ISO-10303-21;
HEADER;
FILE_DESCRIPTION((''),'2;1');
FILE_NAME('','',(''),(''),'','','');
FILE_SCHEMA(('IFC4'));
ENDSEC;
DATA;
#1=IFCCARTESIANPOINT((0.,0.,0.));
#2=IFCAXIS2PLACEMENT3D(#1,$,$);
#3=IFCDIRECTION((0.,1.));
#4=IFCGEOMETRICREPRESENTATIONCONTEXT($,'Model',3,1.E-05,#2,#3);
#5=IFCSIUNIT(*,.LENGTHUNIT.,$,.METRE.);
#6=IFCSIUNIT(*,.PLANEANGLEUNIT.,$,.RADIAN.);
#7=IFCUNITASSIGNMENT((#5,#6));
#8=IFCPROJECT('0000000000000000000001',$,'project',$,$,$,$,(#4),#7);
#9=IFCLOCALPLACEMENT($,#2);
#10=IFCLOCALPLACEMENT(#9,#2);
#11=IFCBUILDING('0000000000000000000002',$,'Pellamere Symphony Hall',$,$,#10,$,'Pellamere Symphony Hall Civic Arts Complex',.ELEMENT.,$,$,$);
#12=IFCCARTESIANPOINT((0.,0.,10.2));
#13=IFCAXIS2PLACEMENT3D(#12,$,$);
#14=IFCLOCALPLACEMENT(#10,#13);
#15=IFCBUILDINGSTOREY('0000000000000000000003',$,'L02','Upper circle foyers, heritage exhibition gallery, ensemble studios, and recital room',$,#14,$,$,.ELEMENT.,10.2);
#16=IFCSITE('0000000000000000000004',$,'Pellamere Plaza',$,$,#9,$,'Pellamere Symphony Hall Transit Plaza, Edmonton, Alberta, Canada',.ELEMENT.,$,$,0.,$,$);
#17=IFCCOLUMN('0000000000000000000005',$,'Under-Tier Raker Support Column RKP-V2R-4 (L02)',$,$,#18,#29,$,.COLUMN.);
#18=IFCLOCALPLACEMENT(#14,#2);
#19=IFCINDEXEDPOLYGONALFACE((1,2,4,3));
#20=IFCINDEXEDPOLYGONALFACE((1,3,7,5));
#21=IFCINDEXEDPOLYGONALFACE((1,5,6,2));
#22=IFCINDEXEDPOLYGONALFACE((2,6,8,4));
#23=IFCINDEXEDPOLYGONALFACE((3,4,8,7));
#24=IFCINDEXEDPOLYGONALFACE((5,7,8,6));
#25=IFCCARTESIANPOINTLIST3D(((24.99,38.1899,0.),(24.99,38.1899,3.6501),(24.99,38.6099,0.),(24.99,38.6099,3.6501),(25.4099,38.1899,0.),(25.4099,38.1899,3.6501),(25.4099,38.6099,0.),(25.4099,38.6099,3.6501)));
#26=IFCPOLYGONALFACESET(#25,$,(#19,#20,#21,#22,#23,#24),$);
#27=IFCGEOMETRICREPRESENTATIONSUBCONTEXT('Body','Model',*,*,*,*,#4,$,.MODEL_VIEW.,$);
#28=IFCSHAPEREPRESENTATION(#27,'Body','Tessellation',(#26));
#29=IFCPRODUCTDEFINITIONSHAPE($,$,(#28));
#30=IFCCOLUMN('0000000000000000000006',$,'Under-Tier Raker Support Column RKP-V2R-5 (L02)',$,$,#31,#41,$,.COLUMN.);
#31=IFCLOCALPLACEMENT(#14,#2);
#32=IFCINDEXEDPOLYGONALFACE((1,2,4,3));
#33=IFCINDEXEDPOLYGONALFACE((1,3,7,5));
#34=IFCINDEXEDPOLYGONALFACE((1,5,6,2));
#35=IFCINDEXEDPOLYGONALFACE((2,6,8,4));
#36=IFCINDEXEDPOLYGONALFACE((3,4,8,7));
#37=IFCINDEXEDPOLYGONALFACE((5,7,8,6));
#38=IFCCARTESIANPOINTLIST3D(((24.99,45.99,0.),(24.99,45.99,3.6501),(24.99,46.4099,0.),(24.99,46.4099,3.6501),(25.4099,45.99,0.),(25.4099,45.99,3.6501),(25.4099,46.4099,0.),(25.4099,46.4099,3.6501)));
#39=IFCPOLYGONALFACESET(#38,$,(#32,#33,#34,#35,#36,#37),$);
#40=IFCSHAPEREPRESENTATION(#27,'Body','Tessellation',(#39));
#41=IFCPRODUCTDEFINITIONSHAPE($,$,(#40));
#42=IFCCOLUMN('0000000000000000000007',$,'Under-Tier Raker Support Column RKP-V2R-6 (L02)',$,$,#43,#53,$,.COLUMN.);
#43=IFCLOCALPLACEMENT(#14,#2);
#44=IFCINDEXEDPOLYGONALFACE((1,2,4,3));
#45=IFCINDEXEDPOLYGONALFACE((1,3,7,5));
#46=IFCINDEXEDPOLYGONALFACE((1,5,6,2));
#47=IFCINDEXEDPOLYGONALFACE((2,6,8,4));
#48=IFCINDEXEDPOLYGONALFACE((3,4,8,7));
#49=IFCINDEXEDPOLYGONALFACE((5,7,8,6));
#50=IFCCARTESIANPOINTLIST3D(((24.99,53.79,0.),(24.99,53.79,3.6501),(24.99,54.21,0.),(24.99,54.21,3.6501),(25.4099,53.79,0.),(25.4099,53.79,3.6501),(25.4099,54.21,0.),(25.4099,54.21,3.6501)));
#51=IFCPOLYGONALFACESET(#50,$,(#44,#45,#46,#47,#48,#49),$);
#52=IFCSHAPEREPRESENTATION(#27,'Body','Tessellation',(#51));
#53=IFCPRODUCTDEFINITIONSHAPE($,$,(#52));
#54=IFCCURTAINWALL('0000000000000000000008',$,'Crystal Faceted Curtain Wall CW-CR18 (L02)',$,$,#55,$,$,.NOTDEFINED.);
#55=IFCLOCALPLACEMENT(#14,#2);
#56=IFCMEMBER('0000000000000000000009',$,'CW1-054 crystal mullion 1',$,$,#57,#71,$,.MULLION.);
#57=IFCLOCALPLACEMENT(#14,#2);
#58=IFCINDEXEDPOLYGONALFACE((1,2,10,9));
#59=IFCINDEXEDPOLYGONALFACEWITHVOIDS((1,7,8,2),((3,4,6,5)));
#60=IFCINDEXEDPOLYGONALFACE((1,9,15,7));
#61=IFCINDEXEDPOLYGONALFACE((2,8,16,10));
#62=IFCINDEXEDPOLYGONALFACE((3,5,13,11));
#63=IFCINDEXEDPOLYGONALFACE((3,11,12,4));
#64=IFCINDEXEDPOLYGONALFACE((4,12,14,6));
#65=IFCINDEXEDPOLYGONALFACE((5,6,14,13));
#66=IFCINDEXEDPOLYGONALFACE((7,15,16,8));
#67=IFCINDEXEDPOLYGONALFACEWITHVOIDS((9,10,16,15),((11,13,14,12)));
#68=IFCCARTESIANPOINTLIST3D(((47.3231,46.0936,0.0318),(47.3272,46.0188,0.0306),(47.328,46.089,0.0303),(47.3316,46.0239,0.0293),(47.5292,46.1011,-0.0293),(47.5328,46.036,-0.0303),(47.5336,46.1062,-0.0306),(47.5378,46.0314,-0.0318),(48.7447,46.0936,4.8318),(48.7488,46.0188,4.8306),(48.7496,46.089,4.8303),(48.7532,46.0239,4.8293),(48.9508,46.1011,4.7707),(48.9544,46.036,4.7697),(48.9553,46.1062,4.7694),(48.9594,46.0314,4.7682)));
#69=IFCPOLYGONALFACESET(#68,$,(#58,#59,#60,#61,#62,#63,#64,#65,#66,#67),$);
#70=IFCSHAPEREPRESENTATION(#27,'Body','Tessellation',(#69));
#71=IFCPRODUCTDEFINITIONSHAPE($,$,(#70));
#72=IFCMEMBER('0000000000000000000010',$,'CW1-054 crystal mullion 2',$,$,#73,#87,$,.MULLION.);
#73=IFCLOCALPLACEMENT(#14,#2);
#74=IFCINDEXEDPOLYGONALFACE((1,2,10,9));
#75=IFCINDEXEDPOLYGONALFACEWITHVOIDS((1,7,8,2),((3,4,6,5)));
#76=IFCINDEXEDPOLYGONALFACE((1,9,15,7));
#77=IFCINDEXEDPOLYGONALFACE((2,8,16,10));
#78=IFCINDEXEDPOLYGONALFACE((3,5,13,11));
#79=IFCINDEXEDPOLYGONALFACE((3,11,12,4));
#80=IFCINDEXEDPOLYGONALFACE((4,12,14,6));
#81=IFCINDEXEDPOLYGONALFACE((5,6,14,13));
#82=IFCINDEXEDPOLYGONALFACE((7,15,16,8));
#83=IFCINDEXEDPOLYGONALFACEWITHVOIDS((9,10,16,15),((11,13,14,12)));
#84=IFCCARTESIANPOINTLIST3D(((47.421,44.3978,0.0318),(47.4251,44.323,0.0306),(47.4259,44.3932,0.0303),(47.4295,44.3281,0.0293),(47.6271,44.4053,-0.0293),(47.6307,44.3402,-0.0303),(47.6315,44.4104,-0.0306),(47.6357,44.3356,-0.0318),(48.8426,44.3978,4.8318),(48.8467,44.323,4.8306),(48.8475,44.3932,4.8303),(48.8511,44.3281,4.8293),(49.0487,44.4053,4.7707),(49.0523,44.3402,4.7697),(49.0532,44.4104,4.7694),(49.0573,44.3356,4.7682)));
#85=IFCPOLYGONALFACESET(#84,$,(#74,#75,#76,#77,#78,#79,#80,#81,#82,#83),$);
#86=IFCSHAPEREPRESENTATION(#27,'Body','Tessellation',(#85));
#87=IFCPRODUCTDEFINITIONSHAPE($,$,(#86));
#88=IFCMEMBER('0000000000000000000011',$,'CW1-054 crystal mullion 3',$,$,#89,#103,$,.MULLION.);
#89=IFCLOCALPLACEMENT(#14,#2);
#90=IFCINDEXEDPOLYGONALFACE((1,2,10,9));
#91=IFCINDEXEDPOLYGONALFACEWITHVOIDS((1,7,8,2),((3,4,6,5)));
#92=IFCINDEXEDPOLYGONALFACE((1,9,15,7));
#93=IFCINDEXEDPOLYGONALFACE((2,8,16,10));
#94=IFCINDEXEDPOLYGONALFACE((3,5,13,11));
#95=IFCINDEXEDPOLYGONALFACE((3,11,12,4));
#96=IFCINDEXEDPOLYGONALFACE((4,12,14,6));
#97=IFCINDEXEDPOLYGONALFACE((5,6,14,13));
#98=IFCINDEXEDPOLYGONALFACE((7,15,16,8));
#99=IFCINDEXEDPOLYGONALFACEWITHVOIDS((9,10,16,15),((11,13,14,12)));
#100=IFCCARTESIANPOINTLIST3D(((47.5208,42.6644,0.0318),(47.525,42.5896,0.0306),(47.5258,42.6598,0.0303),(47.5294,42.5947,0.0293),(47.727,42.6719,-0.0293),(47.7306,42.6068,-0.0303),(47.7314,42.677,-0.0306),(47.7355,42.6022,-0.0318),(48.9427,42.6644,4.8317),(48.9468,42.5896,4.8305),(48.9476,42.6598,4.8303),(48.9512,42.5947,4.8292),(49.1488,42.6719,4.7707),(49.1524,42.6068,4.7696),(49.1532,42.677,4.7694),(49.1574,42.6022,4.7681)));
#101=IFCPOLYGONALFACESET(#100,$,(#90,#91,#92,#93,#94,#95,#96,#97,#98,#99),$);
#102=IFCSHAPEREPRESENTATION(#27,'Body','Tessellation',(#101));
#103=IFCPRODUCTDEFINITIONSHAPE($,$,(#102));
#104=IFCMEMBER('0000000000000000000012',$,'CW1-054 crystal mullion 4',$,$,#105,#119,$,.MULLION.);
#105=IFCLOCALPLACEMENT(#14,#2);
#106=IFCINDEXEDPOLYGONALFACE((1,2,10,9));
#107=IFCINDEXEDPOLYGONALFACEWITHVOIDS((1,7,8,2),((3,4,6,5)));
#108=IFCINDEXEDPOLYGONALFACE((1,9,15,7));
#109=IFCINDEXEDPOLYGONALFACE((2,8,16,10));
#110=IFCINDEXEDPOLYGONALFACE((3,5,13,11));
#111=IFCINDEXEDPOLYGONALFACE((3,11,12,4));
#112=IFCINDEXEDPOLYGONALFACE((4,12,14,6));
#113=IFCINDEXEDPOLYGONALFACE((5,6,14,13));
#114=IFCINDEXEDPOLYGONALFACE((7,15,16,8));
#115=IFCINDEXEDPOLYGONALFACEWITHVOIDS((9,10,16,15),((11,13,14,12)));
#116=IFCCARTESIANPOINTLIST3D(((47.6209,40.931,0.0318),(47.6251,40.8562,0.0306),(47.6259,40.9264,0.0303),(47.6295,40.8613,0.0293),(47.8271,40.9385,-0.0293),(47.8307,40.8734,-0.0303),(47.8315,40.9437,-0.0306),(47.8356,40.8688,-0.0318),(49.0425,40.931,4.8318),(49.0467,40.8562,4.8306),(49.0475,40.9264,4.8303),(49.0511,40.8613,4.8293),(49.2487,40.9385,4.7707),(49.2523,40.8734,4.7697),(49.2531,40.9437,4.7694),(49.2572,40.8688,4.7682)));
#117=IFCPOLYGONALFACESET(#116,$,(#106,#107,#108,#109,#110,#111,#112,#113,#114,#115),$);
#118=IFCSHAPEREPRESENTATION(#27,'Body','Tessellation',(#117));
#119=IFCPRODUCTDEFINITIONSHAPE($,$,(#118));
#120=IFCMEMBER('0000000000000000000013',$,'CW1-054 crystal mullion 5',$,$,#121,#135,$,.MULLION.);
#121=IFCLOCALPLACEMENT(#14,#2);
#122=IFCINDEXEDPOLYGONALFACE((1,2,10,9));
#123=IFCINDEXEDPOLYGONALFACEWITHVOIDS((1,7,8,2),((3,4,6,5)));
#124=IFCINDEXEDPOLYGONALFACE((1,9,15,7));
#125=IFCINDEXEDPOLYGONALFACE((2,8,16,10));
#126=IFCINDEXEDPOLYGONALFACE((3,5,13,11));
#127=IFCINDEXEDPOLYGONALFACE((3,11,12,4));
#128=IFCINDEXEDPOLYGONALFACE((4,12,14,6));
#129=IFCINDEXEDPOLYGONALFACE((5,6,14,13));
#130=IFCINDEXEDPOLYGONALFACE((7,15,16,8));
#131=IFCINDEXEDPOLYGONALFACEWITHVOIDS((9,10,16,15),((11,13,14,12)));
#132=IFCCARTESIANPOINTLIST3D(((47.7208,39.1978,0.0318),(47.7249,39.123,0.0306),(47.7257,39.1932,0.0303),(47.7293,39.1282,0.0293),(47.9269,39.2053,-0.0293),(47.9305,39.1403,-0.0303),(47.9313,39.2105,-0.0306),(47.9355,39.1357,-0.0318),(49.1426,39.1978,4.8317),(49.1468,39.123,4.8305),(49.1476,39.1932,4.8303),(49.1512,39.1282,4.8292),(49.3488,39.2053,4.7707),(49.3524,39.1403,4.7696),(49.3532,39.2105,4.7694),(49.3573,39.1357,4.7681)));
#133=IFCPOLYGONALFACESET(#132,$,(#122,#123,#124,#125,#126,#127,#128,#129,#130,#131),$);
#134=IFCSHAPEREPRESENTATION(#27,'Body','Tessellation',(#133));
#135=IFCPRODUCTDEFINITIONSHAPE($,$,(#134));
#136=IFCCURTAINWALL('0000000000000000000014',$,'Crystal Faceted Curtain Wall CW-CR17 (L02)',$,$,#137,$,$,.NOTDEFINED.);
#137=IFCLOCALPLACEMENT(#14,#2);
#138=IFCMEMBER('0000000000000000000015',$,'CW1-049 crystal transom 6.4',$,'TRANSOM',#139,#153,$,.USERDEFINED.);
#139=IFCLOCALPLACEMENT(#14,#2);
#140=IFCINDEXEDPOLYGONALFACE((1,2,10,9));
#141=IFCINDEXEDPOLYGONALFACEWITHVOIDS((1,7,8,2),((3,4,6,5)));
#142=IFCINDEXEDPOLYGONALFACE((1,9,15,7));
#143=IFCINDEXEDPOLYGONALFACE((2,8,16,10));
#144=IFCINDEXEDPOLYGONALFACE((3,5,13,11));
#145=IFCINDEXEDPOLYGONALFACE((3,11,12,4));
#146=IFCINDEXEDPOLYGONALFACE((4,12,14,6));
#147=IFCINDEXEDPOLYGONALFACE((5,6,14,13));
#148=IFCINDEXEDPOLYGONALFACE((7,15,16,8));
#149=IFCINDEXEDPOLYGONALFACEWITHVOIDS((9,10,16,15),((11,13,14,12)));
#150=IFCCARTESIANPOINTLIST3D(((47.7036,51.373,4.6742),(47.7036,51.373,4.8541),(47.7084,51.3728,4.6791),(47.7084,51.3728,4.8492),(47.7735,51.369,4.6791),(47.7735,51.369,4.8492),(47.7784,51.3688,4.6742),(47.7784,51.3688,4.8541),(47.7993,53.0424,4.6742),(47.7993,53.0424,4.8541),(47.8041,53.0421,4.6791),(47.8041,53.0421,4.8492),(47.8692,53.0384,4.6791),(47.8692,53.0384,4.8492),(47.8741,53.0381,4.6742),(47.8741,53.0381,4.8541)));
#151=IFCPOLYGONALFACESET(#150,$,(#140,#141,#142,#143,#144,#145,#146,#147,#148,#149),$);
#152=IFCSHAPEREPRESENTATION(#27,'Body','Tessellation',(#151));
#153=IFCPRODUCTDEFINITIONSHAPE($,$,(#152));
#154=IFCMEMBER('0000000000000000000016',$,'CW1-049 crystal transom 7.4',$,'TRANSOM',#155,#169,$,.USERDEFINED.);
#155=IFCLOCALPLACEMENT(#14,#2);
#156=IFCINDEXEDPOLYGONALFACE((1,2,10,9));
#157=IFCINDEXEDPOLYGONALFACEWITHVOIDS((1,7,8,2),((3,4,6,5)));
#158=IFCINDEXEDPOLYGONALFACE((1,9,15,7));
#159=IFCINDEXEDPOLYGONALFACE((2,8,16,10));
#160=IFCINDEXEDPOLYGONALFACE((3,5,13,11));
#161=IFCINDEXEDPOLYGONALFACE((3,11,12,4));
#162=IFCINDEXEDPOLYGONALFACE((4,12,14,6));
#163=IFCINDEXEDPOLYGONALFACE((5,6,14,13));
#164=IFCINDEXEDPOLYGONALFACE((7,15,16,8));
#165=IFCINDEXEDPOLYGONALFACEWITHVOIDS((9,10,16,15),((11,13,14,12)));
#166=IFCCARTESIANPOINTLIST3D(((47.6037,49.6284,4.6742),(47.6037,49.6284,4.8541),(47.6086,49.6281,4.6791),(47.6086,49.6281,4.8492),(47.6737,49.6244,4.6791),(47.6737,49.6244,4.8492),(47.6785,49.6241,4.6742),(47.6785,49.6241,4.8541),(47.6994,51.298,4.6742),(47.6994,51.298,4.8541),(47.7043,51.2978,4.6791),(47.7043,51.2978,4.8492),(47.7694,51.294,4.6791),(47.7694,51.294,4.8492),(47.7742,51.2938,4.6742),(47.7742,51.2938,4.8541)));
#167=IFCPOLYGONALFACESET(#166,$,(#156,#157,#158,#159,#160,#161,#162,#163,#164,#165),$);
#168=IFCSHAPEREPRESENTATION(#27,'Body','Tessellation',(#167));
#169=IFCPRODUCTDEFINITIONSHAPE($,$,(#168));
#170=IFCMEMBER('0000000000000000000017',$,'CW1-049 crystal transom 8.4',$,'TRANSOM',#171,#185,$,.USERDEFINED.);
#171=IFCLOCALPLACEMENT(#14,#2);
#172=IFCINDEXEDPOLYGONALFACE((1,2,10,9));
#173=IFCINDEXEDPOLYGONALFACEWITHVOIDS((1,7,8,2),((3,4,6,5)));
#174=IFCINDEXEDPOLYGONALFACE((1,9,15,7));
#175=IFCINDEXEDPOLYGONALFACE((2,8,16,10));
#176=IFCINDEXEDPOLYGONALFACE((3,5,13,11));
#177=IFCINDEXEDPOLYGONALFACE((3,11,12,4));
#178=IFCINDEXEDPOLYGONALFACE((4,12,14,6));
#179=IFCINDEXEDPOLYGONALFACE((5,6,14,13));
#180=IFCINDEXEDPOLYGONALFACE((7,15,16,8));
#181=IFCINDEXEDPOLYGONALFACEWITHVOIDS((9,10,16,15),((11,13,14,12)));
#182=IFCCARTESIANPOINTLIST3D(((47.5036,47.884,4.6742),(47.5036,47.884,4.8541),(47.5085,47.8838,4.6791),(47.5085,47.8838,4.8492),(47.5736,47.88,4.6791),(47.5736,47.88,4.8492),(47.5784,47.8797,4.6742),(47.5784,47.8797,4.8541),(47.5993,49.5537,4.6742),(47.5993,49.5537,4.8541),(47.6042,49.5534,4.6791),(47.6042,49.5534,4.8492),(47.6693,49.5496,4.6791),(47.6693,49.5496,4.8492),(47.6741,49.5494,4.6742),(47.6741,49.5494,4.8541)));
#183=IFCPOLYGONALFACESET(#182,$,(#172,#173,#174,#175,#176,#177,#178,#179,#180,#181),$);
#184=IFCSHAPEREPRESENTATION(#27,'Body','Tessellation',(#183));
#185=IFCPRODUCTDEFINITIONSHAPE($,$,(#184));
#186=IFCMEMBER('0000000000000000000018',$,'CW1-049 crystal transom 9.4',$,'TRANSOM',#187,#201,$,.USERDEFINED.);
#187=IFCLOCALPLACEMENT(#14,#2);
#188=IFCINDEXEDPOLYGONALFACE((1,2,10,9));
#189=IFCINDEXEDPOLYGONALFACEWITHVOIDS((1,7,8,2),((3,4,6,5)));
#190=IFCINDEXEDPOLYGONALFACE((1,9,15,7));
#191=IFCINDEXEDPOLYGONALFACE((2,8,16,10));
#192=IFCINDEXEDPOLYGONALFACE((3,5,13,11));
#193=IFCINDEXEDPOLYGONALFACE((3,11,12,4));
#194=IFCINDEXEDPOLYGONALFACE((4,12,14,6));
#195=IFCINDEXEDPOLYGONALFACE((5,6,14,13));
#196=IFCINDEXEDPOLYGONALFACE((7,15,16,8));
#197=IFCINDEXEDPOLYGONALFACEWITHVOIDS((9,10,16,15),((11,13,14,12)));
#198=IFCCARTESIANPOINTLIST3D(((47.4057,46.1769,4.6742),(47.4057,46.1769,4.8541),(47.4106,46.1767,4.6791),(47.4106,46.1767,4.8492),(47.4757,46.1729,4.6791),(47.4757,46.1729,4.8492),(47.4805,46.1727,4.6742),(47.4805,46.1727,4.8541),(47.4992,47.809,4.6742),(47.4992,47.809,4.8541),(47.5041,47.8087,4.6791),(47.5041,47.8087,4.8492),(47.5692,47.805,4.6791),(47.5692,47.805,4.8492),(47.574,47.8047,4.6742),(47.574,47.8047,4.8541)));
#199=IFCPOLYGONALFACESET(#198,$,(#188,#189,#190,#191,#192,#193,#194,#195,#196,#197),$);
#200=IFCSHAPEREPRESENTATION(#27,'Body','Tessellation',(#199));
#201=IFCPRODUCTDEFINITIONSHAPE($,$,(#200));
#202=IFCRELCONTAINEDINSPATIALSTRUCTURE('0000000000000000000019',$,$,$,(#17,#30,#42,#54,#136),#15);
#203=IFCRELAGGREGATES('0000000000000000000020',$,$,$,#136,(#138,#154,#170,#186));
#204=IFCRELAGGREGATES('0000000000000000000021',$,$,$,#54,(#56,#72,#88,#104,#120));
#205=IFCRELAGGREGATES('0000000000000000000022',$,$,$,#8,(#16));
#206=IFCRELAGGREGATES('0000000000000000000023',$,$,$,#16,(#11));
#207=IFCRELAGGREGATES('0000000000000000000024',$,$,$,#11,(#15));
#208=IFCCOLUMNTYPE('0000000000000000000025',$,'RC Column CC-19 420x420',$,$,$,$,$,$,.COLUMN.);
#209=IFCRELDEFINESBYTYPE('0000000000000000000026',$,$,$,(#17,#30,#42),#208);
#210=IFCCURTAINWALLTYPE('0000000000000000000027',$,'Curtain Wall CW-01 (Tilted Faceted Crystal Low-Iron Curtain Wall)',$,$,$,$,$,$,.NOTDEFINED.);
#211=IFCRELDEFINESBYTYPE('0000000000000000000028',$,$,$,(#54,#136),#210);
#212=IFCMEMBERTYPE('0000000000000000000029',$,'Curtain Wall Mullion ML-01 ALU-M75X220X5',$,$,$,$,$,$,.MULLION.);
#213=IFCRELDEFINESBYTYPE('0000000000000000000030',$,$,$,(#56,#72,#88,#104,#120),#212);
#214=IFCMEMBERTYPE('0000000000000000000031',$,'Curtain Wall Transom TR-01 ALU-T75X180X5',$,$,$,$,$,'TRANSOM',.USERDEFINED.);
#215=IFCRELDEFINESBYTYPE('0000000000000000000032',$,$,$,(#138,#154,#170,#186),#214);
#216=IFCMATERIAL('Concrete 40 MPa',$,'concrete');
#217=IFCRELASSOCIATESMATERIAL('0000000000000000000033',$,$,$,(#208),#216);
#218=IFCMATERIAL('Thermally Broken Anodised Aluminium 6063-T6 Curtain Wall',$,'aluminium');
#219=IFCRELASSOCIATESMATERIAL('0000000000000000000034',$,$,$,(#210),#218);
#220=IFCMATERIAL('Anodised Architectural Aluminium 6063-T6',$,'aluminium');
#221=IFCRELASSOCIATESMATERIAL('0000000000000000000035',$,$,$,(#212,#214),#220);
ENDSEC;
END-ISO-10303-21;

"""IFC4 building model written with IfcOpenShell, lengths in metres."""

from ifc_helpers import new_model, si_unit, direction, frame, origin, origin_2d, place, context, subcontext, project, spatial, rectangle, hollow_rectangle, extrude, material, material_profile, profile_set, type_object, element, aggregate, save


model = new_model("IFC4")

# Units and contexts
model_context = context("Model", 3, precision=1e-05, world=origin(), true_north=direction((0.0, 1.0)))
body_context = subcontext(model_context, "Body", "Model", "MODEL_VIEW")
ifc_project = project(units=[si_unit("LENGTHUNIT", "METRE"), si_unit("PLANEANGLEUNIT", "RADIAN")], contexts=[model_context])

# Site, building, storey
site_placement = place(None, origin())
site = spatial("IfcSite", under=ifc_project, at=site_placement, Name="Pellamere Plaza", LongName="Pellamere Symphony Hall Transit Plaza, Edmonton, Alberta, Canada", CompositionType="ELEMENT", RefElevation=0.0)
building_placement = place(site_placement, origin())
building = spatial("IfcBuilding", under=site, at=building_placement, Name="Pellamere Symphony Hall", LongName="Pellamere Symphony Hall Civic Arts Complex", CompositionType="ELEMENT")
storey_placement = place(building_placement, frame((0.0, 0.0, 10.2)))
storey = spatial("IfcBuildingStorey", under=building, at=storey_placement, Name="L02", Description="Upper circle foyers, heritage exhibition gallery, ensemble studios, and recital room", CompositionType="ELEMENT", Elevation=10.2)

# Columns
ifc_material_1 = material(Name="Concrete 40 MPa", Category="concrete")
ifc_material_profile_1 = material_profile(ifc_material_1, rectangle(XDim=0.4199, YDim=0.4199, at=origin_2d()), Name="RC 420x420")
ifc_profile_set_1 = profile_set([ifc_material_profile_1], Name="Concrete 40 MPa")
column_type = type_object("IfcColumnType", Name="RC Column CC-19 420x420", PredefinedType="COLUMN", material=ifc_profile_set_1)
for number, where, z_axis, x_axis, name in (
    (1, (25.2, 38.3999, 0.0), (0.0, 0.0, 1.0), (1.0, 0.0, 0.0), "Under-Tier Raker Support Column RKP-V2R-4 (L02)"),
    (2, (25.2, 46.2, 0.0), (0.0, 0.0, 1.0), (1.0, 0.0, 0.0), "Under-Tier Raker Support Column RKP-V2R-5 (L02)"),
    (3, (25.2, 54.0, 0.0), (0.0, 0.0, 1.0), (1.0, 0.0, 0.0), "Under-Tier Raker Support Column RKP-V2R-6 (L02)"),
):
    element("IfcColumn", number, at=place(storey_placement, frame(where, z_axis=z_axis, x_axis=x_axis)), inside=storey, type_object=column_type, Name=name, PredefinedType="COLUMN", context=body_context, shape_type="SweptSolid", body=[
        extrude(rectangle(XDim=0.4199, YDim=0.4199, at=origin_2d()), origin(), (0.0, 0.0, 1.0), 3.6501),
    ])

# Curtain walls, members
ifc_material_2 = material(Name="Thermally Broken Anodised Aluminium 6063-T6 Curtain Wall", Category="aluminium")
curtain_wall_type = type_object("IfcCurtainWallType", Name="Curtain Wall CW-01 (Tilted Faceted Crystal Low-Iron Curtain Wall)", PredefinedType="NOTDEFINED", material=ifc_material_2)
curtain_wall_1_placement = place(storey_placement, origin())
curtain_wall_1 = element("IfcCurtainWall", 4, at=curtain_wall_1_placement, inside=storey, type_object=curtain_wall_type, Name="Crystal Faceted Curtain Wall CW-CR18 (L02)", PredefinedType="NOTDEFINED")
ifc_material_3 = material(Name="Anodised Architectural Aluminium 6063-T6", Category="aluminium")
ifc_material_profile_2 = material_profile(ifc_material_3, hollow_rectangle(XDim=0.075, YDim=0.22, WallThickness=0.0049, at=origin_2d()), Name="ALU-M75X220X5")
ifc_profile_set_2 = profile_set([ifc_material_profile_2], Name="Anodised Architectural Aluminium 6063-T6")
member_type_1 = type_object("IfcMemberType", Name="Curtain Wall Mullion ML-01 ALU-M75X220X5", PredefinedType="MULLION", material=ifc_profile_set_2)
member_1_placement = place(storey_placement, frame((47.4304, 46.0625, 0.0), z_axis=(0.283977, 0.0, 0.958831), x_axis=(-0.055225, 0.99834, 0.016356)))
member_1 = element("IfcMember", 5, at=member_1_placement, type_object=member_type_1, Name="CW1-054 crystal mullion 1", PredefinedType="MULLION", context=body_context, shape_type="SweptSolid", body=[
    extrude(hollow_rectangle(XDim=0.075, YDim=0.22, WallThickness=0.0049, at=origin_2d()), origin(), (0.0, 0.0, 1.0), 5.0061),
])
member_2_placement = place(storey_placement, frame((47.5283, 44.3667, 0.0), z_axis=(0.283977, 0.0, 0.958831), x_axis=(-0.055225, 0.99834, 0.016356)))
member_2 = element("IfcMember", 6, at=member_2_placement, type_object=member_type_1, Name="CW1-054 crystal mullion 2", PredefinedType="MULLION", context=body_context, shape_type="SweptSolid", body=[
    extrude(hollow_rectangle(XDim=0.075, YDim=0.22, WallThickness=0.0049, at=origin_2d()), origin(), (0.0, 0.0, 1.0), 5.0061),
])
member_3_placement = place(storey_placement, frame((47.6282, 42.6333, 0.0), z_axis=(0.284022, 0.0, 0.958818), x_axis=(-0.055225, 0.99834, 0.016359)))
member_3 = element("IfcMember", 7, at=member_3_placement, type_object=member_type_1, Name="CW1-054 crystal mullion 3", PredefinedType="MULLION", context=body_context, shape_type="SweptSolid", body=[
    extrude(hollow_rectangle(XDim=0.075, YDim=0.22, WallThickness=0.0049, at=origin_2d()), origin(), (0.0, 0.0, 1.0), 5.0061),
])
member_4_placement = place(storey_placement, frame((47.7283, 40.8999, 0.0), z_axis=(0.283977, 0.0, 0.958831), x_axis=(-0.055225, 0.99834, 0.016356)))
member_4 = element("IfcMember", 8, at=member_4_placement, type_object=member_type_1, Name="CW1-054 crystal mullion 4", PredefinedType="MULLION", context=body_context, shape_type="SweptSolid", body=[
    extrude(hollow_rectangle(XDim=0.075, YDim=0.22, WallThickness=0.0049, at=origin_2d()), origin(), (0.0, 0.0, 1.0), 5.0061),
])
member_5_placement = place(storey_placement, frame((47.8281, 39.1667, 0.0), z_axis=(0.284022, 0.0, 0.958818), x_axis=(-0.055225, 0.99834, 0.016359)))
member_5 = element("IfcMember", 9, at=member_5_placement, type_object=member_type_1, Name="CW1-054 crystal mullion 5", PredefinedType="MULLION", context=body_context, shape_type="SweptSolid", body=[
    extrude(hollow_rectangle(XDim=0.075, YDim=0.22, WallThickness=0.0049, at=origin_2d()), origin(), (0.0, 0.0, 1.0), 5.0061),
])
curtain_wall_2_placement = place(storey_placement, origin())
curtain_wall_2 = element("IfcCurtainWall", 10, at=curtain_wall_2_placement, inside=storey, type_object=curtain_wall_type, Name="Crystal Faceted Curtain Wall CW-CR17 (L02)", PredefinedType="NOTDEFINED")
ifc_material_profile_3 = material_profile(ifc_material_3, hollow_rectangle(XDim=0.075, YDim=0.1799, WallThickness=0.0049, at=origin_2d()), Name="ALU-T75X180X5")
ifc_profile_set_3 = profile_set([ifc_material_profile_3], Name="Anodised Architectural Aluminium 6063-T6")
member_type_2 = type_object("IfcMemberType", Name="Curtain Wall Transom TR-01 ALU-T75X180X5", ElementType="TRANSOM", PredefinedType="USERDEFINED", material=ifc_profile_set_3)
member_6_placement = place(storey_placement, frame((47.8367, 53.0403, 4.7642), z_axis=(-0.057233, -0.998361, 0.0), x_axis=(0.998361, -0.057233, 0.0)))
member_6 = element("IfcMember", 11, at=member_6_placement, type_object=member_type_2, Name="CW1-049 crystal transom 6.4", ObjectType="TRANSOM", PredefinedType="USERDEFINED", context=body_context, shape_type="SweptSolid", body=[
    extrude(hollow_rectangle(XDim=0.075, YDim=0.1799, WallThickness=0.0049, at=origin_2d()), origin(), (0.0, 0.0, 1.0), 1.6721),
])
member_7_placement = place(storey_placement, frame((47.7368, 51.2959, 4.7642), z_axis=(-0.057224, -0.998361, 0.0), x_axis=(0.998361, -0.057224, 0.0)))
member_7 = element("IfcMember", 12, at=member_7_placement, type_object=member_type_2, Name="CW1-049 crystal transom 7.4", ObjectType="TRANSOM", PredefinedType="USERDEFINED", context=body_context, shape_type="SweptSolid", body=[
    extrude(hollow_rectangle(XDim=0.075, YDim=0.1799, WallThickness=0.0049, at=origin_2d()), origin(), (0.0, 0.0, 1.0), 1.6724),
])
member_8_placement = place(storey_placement, frame((47.6367, 49.5515, 4.7642), z_axis=(-0.057224, -0.998361, 0.0), x_axis=(0.998361, -0.057224, 0.0)))
member_8 = element("IfcMember", 13, at=member_8_placement, type_object=member_type_2, Name="CW1-049 crystal transom 8.4", ObjectType="TRANSOM", PredefinedType="USERDEFINED", context=body_context, shape_type="SweptSolid", body=[
    extrude(hollow_rectangle(XDim=0.075, YDim=0.1799, WallThickness=0.0049, at=origin_2d()), origin(), (0.0, 0.0, 1.0), 1.6724),
])
member_9_placement = place(storey_placement, frame((47.5366, 47.8069, 4.7642), z_axis=(-0.057199, -0.998363, 0.0), x_axis=(0.998363, -0.057199, 0.0)))
member_9 = element("IfcMember", 14, at=member_9_placement, type_object=member_type_2, Name="CW1-049 crystal transom 9.4", ObjectType="TRANSOM", PredefinedType="USERDEFINED", context=body_context, shape_type="SweptSolid", body=[
    extrude(hollow_rectangle(XDim=0.075, YDim=0.1799, WallThickness=0.0049, at=origin_2d()), origin(), (0.0, 0.0, 1.0), 1.6348),
])
aggregate(curtain_wall_2, [member_6, member_7, member_8, member_9])

aggregate(curtain_wall_1, [member_1, member_2, member_3, member_4, member_5])

save(model, "model.ifc")
